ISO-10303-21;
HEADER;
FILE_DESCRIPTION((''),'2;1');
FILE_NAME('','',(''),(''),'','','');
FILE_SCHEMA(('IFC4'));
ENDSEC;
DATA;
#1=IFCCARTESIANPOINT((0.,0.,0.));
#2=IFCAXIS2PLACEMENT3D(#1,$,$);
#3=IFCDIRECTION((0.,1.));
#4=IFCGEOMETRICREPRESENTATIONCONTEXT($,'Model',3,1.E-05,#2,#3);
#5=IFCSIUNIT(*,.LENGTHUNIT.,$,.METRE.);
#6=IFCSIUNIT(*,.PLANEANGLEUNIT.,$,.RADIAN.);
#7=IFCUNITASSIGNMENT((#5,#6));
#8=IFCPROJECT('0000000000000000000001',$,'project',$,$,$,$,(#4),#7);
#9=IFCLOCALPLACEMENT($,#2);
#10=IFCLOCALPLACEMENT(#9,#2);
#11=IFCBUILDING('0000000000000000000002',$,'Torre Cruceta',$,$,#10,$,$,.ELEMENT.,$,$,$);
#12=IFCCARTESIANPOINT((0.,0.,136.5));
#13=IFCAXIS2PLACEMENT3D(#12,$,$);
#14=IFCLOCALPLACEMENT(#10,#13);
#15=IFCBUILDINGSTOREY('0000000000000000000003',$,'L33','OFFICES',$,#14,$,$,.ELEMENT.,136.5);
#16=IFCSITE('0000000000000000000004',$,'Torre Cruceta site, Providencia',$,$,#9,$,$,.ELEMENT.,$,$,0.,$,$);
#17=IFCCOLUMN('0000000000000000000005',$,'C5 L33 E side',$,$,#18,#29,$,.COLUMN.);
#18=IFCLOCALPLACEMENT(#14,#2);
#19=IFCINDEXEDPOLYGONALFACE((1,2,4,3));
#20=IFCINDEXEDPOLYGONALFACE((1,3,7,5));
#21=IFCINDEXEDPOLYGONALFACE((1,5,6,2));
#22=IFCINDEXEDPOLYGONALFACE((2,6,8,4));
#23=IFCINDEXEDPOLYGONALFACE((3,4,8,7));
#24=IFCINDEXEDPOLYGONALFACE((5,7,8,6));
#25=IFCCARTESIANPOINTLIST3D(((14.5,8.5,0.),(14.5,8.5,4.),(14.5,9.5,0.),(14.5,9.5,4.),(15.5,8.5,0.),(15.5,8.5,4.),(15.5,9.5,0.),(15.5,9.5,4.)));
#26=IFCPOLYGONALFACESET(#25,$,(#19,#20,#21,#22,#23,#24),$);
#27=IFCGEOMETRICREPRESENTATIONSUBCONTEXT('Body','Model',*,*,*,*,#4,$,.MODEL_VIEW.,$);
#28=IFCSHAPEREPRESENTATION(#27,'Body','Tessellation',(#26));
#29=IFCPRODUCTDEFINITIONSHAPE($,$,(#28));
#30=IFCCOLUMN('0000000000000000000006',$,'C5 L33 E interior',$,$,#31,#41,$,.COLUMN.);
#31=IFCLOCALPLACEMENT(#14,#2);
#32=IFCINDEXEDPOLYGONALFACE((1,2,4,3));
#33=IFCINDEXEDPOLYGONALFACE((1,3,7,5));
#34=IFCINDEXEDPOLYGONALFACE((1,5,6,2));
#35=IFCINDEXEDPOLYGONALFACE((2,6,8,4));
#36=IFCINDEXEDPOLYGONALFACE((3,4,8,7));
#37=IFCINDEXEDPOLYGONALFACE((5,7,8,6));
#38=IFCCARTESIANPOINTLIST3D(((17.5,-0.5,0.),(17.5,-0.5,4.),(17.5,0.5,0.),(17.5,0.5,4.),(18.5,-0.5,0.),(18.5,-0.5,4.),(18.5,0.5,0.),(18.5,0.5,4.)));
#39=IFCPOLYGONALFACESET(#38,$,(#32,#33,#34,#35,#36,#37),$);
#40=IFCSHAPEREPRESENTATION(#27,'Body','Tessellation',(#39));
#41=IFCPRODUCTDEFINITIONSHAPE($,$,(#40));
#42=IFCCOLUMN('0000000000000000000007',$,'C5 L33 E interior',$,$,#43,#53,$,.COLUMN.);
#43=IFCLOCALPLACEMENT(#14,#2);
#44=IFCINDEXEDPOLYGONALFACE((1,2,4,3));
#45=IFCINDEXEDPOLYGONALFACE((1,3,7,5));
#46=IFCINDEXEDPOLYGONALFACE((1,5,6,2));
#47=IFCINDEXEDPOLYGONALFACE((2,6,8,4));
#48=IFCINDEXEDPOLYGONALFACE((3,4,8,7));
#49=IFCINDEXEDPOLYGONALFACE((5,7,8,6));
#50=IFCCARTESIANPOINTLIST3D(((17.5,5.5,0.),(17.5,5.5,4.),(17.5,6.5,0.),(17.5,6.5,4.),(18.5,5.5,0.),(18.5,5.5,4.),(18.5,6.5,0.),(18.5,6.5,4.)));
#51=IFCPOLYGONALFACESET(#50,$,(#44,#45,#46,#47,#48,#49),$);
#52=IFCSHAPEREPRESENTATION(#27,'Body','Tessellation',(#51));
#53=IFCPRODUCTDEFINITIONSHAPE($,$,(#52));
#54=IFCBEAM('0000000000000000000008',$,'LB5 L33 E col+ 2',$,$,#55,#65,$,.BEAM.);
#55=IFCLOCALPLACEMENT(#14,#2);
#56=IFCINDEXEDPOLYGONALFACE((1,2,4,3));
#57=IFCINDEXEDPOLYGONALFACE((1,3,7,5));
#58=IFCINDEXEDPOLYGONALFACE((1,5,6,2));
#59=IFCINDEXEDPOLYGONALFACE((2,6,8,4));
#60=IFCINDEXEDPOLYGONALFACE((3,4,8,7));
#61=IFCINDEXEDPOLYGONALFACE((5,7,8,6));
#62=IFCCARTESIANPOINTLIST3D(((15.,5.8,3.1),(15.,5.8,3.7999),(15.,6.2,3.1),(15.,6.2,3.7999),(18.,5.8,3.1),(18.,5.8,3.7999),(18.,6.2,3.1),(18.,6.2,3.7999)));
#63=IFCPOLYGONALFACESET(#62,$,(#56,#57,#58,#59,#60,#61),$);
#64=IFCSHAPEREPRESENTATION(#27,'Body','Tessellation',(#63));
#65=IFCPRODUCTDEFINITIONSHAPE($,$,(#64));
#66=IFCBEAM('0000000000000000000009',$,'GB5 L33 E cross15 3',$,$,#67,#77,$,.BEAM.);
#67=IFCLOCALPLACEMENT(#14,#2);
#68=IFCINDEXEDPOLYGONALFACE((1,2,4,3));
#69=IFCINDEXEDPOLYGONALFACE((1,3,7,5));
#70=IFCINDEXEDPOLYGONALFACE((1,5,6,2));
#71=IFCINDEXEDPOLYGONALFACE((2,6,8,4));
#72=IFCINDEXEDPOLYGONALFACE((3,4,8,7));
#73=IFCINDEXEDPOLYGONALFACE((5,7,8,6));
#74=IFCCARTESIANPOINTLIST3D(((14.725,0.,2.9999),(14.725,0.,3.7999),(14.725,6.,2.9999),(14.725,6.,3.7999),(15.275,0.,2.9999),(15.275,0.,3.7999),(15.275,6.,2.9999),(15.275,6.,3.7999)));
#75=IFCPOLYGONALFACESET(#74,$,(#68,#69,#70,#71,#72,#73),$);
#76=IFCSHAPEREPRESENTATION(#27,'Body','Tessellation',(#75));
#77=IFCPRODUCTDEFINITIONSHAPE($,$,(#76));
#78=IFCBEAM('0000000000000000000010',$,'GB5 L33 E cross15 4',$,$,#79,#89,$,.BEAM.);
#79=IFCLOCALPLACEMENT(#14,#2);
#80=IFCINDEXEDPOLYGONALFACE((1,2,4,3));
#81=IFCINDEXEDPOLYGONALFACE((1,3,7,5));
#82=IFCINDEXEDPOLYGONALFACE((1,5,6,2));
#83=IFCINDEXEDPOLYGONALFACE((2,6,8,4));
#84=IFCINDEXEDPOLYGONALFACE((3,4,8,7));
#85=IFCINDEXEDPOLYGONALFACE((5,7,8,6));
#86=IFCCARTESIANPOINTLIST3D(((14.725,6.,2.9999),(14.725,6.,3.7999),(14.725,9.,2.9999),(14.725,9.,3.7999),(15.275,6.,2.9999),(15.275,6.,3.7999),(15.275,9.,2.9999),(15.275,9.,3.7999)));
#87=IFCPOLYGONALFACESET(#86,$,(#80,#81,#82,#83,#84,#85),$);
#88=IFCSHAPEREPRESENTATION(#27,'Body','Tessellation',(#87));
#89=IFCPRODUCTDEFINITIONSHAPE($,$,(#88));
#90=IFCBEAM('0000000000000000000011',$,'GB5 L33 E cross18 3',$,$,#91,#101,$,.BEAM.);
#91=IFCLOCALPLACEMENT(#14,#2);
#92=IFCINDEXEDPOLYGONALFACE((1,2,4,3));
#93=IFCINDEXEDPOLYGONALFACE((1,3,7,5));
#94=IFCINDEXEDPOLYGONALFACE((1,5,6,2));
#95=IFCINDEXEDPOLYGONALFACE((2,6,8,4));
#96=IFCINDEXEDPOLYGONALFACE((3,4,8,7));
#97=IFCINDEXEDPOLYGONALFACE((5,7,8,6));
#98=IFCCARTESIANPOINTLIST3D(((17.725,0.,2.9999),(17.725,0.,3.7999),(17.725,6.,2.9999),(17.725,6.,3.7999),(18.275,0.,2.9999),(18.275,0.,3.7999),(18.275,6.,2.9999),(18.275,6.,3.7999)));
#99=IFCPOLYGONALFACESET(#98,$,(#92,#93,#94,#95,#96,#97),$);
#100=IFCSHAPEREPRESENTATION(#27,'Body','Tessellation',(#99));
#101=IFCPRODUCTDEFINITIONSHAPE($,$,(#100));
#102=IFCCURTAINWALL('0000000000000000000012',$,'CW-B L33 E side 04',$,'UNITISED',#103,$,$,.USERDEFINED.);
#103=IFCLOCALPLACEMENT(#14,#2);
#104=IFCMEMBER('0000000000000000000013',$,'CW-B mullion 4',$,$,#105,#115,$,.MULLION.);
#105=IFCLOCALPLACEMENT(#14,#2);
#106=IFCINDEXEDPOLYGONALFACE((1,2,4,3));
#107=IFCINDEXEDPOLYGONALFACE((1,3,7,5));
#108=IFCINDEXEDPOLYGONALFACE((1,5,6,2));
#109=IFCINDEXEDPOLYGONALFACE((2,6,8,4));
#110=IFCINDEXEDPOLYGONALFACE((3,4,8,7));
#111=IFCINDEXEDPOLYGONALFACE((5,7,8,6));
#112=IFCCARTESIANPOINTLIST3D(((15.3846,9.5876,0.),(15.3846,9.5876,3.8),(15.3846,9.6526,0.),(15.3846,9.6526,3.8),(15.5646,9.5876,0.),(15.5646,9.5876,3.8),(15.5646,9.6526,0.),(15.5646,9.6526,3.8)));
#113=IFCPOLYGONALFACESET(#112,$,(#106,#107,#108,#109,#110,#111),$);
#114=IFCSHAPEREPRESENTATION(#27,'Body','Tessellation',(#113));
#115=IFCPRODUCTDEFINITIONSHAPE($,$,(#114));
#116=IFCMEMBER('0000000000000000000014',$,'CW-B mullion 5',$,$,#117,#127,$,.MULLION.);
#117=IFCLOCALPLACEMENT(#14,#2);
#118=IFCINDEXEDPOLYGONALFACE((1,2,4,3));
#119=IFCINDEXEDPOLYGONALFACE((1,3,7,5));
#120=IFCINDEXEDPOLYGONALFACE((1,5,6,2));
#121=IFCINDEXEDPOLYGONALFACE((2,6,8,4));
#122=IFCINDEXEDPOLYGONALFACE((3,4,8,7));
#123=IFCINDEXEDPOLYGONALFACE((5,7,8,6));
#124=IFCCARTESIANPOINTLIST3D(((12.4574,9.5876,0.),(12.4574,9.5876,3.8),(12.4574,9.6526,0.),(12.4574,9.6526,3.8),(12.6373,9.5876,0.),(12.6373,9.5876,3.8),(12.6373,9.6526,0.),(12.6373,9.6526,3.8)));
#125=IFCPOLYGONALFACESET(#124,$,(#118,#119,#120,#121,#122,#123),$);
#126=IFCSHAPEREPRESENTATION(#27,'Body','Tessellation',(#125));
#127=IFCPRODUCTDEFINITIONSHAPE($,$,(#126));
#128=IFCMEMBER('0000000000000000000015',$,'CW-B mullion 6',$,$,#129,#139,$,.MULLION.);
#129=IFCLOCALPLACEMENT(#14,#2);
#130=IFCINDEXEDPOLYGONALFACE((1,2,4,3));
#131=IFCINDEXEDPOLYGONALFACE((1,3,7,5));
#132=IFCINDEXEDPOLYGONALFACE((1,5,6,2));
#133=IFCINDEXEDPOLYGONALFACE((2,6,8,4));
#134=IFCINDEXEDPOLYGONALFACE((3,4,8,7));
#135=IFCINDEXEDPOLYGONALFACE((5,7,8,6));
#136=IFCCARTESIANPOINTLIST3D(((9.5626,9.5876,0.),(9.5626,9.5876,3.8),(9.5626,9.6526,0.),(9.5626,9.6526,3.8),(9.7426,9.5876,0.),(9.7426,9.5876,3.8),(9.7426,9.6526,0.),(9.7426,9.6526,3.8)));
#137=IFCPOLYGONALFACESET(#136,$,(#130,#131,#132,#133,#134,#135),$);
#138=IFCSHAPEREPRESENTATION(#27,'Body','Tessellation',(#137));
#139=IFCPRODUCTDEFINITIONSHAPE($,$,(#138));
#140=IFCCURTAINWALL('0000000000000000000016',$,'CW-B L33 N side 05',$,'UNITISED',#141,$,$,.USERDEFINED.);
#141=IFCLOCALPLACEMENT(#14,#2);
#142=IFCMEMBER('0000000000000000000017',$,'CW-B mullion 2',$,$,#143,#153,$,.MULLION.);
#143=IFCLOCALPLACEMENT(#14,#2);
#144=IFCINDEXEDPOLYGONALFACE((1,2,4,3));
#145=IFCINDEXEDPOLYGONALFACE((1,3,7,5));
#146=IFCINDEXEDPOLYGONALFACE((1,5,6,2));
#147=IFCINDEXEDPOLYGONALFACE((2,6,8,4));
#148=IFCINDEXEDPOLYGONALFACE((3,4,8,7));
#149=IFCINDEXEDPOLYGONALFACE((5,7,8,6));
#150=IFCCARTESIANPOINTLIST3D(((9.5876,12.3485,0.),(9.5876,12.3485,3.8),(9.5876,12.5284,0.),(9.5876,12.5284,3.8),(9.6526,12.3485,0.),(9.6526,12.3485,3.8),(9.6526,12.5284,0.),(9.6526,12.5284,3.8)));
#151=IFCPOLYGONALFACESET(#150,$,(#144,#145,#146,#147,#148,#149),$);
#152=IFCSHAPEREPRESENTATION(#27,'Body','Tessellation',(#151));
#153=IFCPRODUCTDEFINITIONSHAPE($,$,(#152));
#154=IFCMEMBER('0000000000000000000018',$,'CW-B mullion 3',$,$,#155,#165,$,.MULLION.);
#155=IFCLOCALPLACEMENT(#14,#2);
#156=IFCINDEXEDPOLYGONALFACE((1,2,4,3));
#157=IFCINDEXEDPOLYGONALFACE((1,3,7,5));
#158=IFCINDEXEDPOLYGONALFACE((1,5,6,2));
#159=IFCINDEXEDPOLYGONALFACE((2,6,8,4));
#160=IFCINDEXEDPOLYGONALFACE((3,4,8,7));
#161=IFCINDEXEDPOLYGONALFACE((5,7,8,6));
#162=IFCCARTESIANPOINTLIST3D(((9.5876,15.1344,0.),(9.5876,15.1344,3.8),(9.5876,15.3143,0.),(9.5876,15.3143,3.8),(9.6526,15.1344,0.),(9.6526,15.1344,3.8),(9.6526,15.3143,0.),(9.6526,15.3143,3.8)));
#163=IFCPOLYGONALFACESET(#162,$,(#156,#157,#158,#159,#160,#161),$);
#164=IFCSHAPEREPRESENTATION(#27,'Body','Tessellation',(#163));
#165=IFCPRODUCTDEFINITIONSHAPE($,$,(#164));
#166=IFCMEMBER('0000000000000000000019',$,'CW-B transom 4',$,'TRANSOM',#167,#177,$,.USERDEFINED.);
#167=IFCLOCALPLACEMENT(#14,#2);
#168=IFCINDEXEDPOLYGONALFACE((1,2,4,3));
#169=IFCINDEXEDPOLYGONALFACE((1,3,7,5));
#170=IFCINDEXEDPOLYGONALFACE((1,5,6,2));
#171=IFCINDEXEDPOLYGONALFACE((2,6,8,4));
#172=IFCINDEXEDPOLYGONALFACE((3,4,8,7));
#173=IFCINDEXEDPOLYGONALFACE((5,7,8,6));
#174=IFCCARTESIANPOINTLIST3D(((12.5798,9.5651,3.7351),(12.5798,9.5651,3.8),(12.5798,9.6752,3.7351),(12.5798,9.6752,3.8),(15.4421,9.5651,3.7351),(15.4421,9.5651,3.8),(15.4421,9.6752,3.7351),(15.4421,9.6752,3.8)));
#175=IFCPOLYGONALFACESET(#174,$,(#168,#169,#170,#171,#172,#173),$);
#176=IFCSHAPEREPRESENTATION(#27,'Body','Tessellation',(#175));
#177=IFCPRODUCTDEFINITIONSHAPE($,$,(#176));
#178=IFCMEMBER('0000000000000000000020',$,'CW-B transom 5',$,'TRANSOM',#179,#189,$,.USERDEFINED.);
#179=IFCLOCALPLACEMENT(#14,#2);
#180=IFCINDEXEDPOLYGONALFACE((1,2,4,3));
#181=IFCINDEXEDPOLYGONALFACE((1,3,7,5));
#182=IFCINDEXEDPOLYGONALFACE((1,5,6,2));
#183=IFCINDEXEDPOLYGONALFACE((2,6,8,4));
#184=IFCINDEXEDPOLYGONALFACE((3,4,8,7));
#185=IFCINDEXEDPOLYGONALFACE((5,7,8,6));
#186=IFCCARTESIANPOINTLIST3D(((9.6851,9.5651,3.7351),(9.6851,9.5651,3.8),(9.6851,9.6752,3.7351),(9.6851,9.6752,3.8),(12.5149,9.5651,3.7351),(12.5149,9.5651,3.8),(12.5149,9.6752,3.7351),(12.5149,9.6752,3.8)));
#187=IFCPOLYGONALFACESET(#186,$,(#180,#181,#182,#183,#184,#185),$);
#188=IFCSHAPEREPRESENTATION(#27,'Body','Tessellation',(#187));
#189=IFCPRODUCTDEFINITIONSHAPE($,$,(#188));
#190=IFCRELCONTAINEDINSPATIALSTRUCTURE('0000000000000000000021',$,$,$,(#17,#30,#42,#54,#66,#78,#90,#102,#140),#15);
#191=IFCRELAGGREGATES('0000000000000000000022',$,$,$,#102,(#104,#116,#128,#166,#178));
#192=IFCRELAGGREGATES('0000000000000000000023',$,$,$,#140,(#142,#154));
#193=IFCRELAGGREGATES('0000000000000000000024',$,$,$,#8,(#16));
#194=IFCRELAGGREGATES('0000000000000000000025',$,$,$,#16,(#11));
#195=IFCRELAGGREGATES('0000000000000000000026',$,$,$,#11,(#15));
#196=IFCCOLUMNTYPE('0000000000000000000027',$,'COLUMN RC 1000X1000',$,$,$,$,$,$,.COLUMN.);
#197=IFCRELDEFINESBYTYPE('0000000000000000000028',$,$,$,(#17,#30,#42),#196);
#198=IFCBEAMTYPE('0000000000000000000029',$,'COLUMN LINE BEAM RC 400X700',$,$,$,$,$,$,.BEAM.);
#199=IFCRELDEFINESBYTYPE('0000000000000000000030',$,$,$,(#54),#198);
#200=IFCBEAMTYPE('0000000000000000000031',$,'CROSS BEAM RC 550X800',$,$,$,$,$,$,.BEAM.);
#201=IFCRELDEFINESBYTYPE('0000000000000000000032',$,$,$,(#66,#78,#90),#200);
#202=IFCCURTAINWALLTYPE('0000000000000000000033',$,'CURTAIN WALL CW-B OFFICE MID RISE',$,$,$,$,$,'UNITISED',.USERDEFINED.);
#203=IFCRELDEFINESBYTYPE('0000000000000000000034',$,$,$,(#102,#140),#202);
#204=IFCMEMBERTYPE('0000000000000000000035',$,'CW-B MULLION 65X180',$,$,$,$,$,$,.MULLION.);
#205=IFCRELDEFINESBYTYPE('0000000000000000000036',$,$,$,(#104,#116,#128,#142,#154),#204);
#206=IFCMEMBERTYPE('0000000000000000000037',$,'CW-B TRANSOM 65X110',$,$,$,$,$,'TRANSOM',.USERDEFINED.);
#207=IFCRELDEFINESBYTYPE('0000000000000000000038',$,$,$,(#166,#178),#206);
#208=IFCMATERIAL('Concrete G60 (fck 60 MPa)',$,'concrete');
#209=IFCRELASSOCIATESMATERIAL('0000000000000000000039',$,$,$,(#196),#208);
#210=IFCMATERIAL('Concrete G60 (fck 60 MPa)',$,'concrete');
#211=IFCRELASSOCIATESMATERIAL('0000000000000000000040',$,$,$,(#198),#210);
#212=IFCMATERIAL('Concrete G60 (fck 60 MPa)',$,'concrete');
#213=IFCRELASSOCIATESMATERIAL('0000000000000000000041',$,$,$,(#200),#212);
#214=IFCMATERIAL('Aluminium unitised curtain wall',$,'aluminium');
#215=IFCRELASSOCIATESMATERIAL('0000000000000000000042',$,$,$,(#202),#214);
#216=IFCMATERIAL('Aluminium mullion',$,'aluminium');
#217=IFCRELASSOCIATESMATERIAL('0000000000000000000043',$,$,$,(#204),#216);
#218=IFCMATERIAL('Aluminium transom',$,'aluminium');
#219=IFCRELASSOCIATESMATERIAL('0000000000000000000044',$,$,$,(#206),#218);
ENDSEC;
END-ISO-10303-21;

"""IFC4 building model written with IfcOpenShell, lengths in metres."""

from ifc_helpers import new_model, si_unit, direction, frame, origin, origin_2d, place, context, subcontext, project, spatial, rectangle, extrude, material, material_profile, profile_set, type_object, element, aggregate, save


model = new_model("IFC4")

# Units and contexts
model_context = context("Model", 3, precision=1e-05, world=origin(), true_north=direction((0.0, 1.0)))
body_context = subcontext(model_context, "Body", "Model", "MODEL_VIEW")
ifc_project = project(units=[si_unit("LENGTHUNIT", "METRE"), si_unit("PLANEANGLEUNIT", "RADIAN")], contexts=[model_context])

# Site, building, storey
site_placement = place(None, origin())
site = spatial("IfcSite", under=ifc_project, at=site_placement, Name="Torre Cruceta site, Providencia", CompositionType="ELEMENT", RefElevation=0.0)
building_placement = place(site_placement, origin())
building = spatial("IfcBuilding", under=site, at=building_placement, Name="Torre Cruceta", CompositionType="ELEMENT")
storey_placement = place(building_placement, frame((0.0, 0.0, 136.5)))
storey = spatial("IfcBuildingStorey", under=building, at=storey_placement, Name="L33", Description="OFFICES", CompositionType="ELEMENT", Elevation=136.5)

# Columns
ifc_material_1 = material(Name="Concrete G60 (fck 60 MPa)", Category="concrete")
ifc_material_profile_1 = material_profile(ifc_material_1, rectangle(XDim=1.0, YDim=1.0, at=origin_2d()), Name="RC 1000X1000")
ifc_profile_set_1 = profile_set([ifc_material_profile_1], Name="Concrete G60 (fck 60 MPa)")
column_type = type_object("IfcColumnType", Name="COLUMN RC 1000X1000", PredefinedType="COLUMN", material=ifc_profile_set_1)
for number, where, z_axis, x_axis, name in (
    (1, (15.0, 9.0, 0.0), (0.0, 0.0, 1.0), (1.0, 0.0, 0.0), "C5 L33 E side"),
    (2, (18.0, 0.0, 0.0), (0.0, 0.0, 1.0), (1.0, 0.0, 0.0), "C5 L33 E interior"),
    (3, (18.0, 6.0, 0.0), (0.0, 0.0, 1.0), (1.0, 0.0, 0.0), "C5 L33 E interior"),
):
    element("IfcColumn", number, at=place(storey_placement, frame(where, z_axis=z_axis, x_axis=x_axis)), inside=storey, type_object=column_type, Name=name, PredefinedType="COLUMN", context=body_context, shape_type="SweptSolid", body=[
        extrude(rectangle(XDim=1.0, YDim=1.0, at=origin_2d()), origin(), (0.0, 0.0, 1.0), 4.0),
    ])

# Beams
ifc_material_2 = material(Name="Concrete G60 (fck 60 MPa)", Category="concrete")
ifc_material_profile_2 = material_profile(ifc_material_2, rectangle(XDim=0.3999, YDim=0.7, at=origin_2d()), Name="RC 400X700")
ifc_profile_set_2 = profile_set([ifc_material_profile_2], Name="Concrete G60 (fck 60 MPa)")
beam_type_1 = type_object("IfcBeamType", Name="COLUMN LINE BEAM RC 400X700", PredefinedType="BEAM", material=ifc_profile_set_2)
beam_1_placement = place(storey_placement, frame((15.0, 6.0, 3.45), z_axis=(1.0, 0.0, 0.0), x_axis=(0.0, 1.0, 0.0)))
element("IfcBeam", 4, at=beam_1_placement, inside=storey, type_object=beam_type_1, Name="LB5 L33 E col+ 2", PredefinedType="BEAM", context=body_context, shape_type="SweptSolid", body=[
    extrude(rectangle(XDim=0.3999, YDim=0.7, at=origin_2d()), origin(), (0.0, 0.0, 1.0), 3.0),
])
ifc_material_3 = material(Name="Concrete G60 (fck 60 MPa)", Category="concrete")
ifc_material_profile_3 = material_profile(ifc_material_3, rectangle(XDim=0.55, YDim=0.8, at=origin_2d()), Name="RC 550X800")
ifc_profile_set_3 = profile_set([ifc_material_profile_3], Name="Concrete G60 (fck 60 MPa)")
beam_type_2 = type_object("IfcBeamType", Name="CROSS BEAM RC 550X800", PredefinedType="BEAM", material=ifc_profile_set_3)
beam_2_placement = place(storey_placement, frame((15.0, 0.0, 3.3999), z_axis=(0.0, 1.0, 0.0), x_axis=(-1.0, 0.0, 0.0)))
element("IfcBeam", 5, at=beam_2_placement, inside=storey, type_object=beam_type_2, Name="GB5 L33 E cross15 3", PredefinedType="BEAM", context=body_context, shape_type="SweptSolid", body=[
    extrude(rectangle(XDim=0.55, YDim=0.8, at=origin_2d()), origin(), (0.0, 0.0, 1.0), 6.0),
])
beam_3_placement = place(storey_placement, frame((15.0, 6.0, 3.3999), z_axis=(0.0, 1.0, 0.0), x_axis=(-1.0, 0.0, 0.0)))
element("IfcBeam", 6, at=beam_3_placement, inside=storey, type_object=beam_type_2, Name="GB5 L33 E cross15 4", PredefinedType="BEAM", context=body_context, shape_type="SweptSolid", body=[
    extrude(rectangle(XDim=0.55, YDim=0.8, at=origin_2d()), origin(), (0.0, 0.0, 1.0), 3.0),
])
beam_4_placement = place(storey_placement, frame((18.0, 0.0, 3.3999), z_axis=(0.0, 1.0, 0.0), x_axis=(-1.0, 0.0, 0.0)))
element("IfcBeam", 7, at=beam_4_placement, inside=storey, type_object=beam_type_2, Name="GB5 L33 E cross18 3", PredefinedType="BEAM", context=body_context, shape_type="SweptSolid", body=[
    extrude(rectangle(XDim=0.55, YDim=0.8, at=origin_2d()), origin(), (0.0, 0.0, 1.0), 6.0),
])

# Curtain walls, members
ifc_material_4 = material(Name="Aluminium unitised curtain wall", Category="aluminium")
curtain_wall_type = type_object("IfcCurtainWallType", Name="CURTAIN WALL CW-B OFFICE MID RISE", ElementType="UNITISED", PredefinedType="USERDEFINED", material=ifc_material_4)
curtain_wall_1_placement = place(storey_placement, origin())
curtain_wall_1 = element("IfcCurtainWall", 8, at=curtain_wall_1_placement, inside=storey, type_object=curtain_wall_type, Name="CW-B L33 E side 04", ObjectType="UNITISED", PredefinedType="USERDEFINED")
ifc_material_5 = material(Name="Aluminium mullion", Category="aluminium")
ifc_material_profile_4 = material_profile(ifc_material_5, rectangle(XDim=0.0649, YDim=0.1799, at=origin_2d()), Name="AL 65X180")
ifc_profile_set_4 = profile_set([ifc_material_profile_4], Name="Aluminium mullion")
member_type_1 = type_object("IfcMemberType", Name="CW-B MULLION 65X180", PredefinedType="MULLION", material=ifc_profile_set_4)
member_1_placement = place(storey_placement, frame((15.4746, 9.6201, 0.0), z_axis=(0.0, 0.0, 1.0), x_axis=(0.0, -1.0, 0.0)))
member_1 = element("IfcMember", 9, at=member_1_placement, type_object=member_type_1, Name="CW-B mullion 4", PredefinedType="MULLION", context=body_context, shape_type="SweptSolid", body=[
    extrude(rectangle(XDim=0.0649, YDim=0.1799, at=origin_2d()), origin(), (0.0, 0.0, 1.0), 3.8),
])
member_2_placement = place(storey_placement, frame((12.5474, 9.6201, 0.0), z_axis=(0.0, 0.0, 1.0), x_axis=(0.0, -1.0, 0.0)))
member_2 = element("IfcMember", 10, at=member_2_placement, type_object=member_type_1, Name="CW-B mullion 5", PredefinedType="MULLION", context=body_context, shape_type="SweptSolid", body=[
    extrude(rectangle(XDim=0.0649, YDim=0.1799, at=origin_2d()), origin(), (0.0, 0.0, 1.0), 3.8),
])
member_3_placement = place(storey_placement, frame((9.6526, 9.6201, 0.0), z_axis=(0.0, 0.0, 1.0), x_axis=(0.0, -1.0, 0.0)))
member_3 = element("IfcMember", 11, at=member_3_placement, type_object=member_type_1, Name="CW-B mullion 6", PredefinedType="MULLION", context=body_context, shape_type="SweptSolid", body=[
    extrude(rectangle(XDim=0.0649, YDim=0.1799, at=origin_2d()), origin(), (0.0, 0.0, 1.0), 3.8),
])
curtain_wall_2_placement = place(storey_placement, origin())
curtain_wall_2 = element("IfcCurtainWall", 12, at=curtain_wall_2_placement, inside=storey, type_object=curtain_wall_type, Name="CW-B L33 N side 05", ObjectType="UNITISED", PredefinedType="USERDEFINED")
member_4_placement = place(storey_placement, frame((9.6201, 12.4385, 0.0), z_axis=(0.0, 0.0, 1.0), x_axis=(-1.0, 0.0, 0.0)))
member_4 = element("IfcMember", 13, at=member_4_placement, type_object=member_type_1, Name="CW-B mullion 2", PredefinedType="MULLION", context=body_context, shape_type="SweptSolid", body=[
    extrude(rectangle(XDim=0.0649, YDim=0.1799, at=origin_2d()), origin(), (0.0, 0.0, 1.0), 3.8),
])
member_5_placement = place(storey_placement, frame((9.6201, 15.2244, 0.0), z_axis=(0.0, 0.0, 1.0), x_axis=(-1.0, 0.0, 0.0)))
member_5 = element("IfcMember", 14, at=member_5_placement, type_object=member_type_1, Name="CW-B mullion 3", PredefinedType="MULLION", context=body_context, shape_type="SweptSolid", body=[
    extrude(rectangle(XDim=0.0649, YDim=0.1799, at=origin_2d()), origin(), (0.0, 0.0, 1.0), 3.8),
])

# Members
ifc_material_6 = material(Name="Aluminium transom", Category="aluminium")
ifc_material_profile_5 = material_profile(ifc_material_6, rectangle(XDim=0.1101, YDim=0.0649, at=origin_2d()), Name="AL 110X65")
ifc_profile_set_5 = profile_set([ifc_material_profile_5], Name="Aluminium transom")
member_type_2 = type_object("IfcMemberType", Name="CW-B TRANSOM 65X110", ElementType="TRANSOM", PredefinedType="USERDEFINED", material=ifc_profile_set_5)
member_6_placement = place(storey_placement, frame((15.4421, 9.6201, 3.7676), z_axis=(-1.0, 0.0, 0.0), x_axis=(0.0, -1.0, 0.0)))
member_6 = element("IfcMember", 15, at=member_6_placement, type_object=member_type_2, Name="CW-B transom 4", ObjectType="TRANSOM", PredefinedType="USERDEFINED", context=body_context, shape_type="SweptSolid", body=[
    extrude(rectangle(XDim=0.1101, YDim=0.0649, at=origin_2d()), origin(), (0.0, 0.0, 1.0), 2.8623),
])
member_7_placement = place(storey_placement, frame((12.5149, 9.6201, 3.7676), z_axis=(-1.0, 0.0, 0.0), x_axis=(0.0, -1.0, 0.0)))
member_7 = element("IfcMember", 16, at=member_7_placement, type_object=member_type_2, Name="CW-B transom 5", ObjectType="TRANSOM", PredefinedType="USERDEFINED", context=body_context, shape_type="SweptSolid", body=[
    extrude(rectangle(XDim=0.1101, YDim=0.0649, at=origin_2d()), origin(), (0.0, 0.0, 1.0), 2.8298),
])

aggregate(curtain_wall_1, [member_1, member_2, member_3, member_6, member_7])
aggregate(curtain_wall_2, [member_4, member_5])

save(model, "model.ifc")
